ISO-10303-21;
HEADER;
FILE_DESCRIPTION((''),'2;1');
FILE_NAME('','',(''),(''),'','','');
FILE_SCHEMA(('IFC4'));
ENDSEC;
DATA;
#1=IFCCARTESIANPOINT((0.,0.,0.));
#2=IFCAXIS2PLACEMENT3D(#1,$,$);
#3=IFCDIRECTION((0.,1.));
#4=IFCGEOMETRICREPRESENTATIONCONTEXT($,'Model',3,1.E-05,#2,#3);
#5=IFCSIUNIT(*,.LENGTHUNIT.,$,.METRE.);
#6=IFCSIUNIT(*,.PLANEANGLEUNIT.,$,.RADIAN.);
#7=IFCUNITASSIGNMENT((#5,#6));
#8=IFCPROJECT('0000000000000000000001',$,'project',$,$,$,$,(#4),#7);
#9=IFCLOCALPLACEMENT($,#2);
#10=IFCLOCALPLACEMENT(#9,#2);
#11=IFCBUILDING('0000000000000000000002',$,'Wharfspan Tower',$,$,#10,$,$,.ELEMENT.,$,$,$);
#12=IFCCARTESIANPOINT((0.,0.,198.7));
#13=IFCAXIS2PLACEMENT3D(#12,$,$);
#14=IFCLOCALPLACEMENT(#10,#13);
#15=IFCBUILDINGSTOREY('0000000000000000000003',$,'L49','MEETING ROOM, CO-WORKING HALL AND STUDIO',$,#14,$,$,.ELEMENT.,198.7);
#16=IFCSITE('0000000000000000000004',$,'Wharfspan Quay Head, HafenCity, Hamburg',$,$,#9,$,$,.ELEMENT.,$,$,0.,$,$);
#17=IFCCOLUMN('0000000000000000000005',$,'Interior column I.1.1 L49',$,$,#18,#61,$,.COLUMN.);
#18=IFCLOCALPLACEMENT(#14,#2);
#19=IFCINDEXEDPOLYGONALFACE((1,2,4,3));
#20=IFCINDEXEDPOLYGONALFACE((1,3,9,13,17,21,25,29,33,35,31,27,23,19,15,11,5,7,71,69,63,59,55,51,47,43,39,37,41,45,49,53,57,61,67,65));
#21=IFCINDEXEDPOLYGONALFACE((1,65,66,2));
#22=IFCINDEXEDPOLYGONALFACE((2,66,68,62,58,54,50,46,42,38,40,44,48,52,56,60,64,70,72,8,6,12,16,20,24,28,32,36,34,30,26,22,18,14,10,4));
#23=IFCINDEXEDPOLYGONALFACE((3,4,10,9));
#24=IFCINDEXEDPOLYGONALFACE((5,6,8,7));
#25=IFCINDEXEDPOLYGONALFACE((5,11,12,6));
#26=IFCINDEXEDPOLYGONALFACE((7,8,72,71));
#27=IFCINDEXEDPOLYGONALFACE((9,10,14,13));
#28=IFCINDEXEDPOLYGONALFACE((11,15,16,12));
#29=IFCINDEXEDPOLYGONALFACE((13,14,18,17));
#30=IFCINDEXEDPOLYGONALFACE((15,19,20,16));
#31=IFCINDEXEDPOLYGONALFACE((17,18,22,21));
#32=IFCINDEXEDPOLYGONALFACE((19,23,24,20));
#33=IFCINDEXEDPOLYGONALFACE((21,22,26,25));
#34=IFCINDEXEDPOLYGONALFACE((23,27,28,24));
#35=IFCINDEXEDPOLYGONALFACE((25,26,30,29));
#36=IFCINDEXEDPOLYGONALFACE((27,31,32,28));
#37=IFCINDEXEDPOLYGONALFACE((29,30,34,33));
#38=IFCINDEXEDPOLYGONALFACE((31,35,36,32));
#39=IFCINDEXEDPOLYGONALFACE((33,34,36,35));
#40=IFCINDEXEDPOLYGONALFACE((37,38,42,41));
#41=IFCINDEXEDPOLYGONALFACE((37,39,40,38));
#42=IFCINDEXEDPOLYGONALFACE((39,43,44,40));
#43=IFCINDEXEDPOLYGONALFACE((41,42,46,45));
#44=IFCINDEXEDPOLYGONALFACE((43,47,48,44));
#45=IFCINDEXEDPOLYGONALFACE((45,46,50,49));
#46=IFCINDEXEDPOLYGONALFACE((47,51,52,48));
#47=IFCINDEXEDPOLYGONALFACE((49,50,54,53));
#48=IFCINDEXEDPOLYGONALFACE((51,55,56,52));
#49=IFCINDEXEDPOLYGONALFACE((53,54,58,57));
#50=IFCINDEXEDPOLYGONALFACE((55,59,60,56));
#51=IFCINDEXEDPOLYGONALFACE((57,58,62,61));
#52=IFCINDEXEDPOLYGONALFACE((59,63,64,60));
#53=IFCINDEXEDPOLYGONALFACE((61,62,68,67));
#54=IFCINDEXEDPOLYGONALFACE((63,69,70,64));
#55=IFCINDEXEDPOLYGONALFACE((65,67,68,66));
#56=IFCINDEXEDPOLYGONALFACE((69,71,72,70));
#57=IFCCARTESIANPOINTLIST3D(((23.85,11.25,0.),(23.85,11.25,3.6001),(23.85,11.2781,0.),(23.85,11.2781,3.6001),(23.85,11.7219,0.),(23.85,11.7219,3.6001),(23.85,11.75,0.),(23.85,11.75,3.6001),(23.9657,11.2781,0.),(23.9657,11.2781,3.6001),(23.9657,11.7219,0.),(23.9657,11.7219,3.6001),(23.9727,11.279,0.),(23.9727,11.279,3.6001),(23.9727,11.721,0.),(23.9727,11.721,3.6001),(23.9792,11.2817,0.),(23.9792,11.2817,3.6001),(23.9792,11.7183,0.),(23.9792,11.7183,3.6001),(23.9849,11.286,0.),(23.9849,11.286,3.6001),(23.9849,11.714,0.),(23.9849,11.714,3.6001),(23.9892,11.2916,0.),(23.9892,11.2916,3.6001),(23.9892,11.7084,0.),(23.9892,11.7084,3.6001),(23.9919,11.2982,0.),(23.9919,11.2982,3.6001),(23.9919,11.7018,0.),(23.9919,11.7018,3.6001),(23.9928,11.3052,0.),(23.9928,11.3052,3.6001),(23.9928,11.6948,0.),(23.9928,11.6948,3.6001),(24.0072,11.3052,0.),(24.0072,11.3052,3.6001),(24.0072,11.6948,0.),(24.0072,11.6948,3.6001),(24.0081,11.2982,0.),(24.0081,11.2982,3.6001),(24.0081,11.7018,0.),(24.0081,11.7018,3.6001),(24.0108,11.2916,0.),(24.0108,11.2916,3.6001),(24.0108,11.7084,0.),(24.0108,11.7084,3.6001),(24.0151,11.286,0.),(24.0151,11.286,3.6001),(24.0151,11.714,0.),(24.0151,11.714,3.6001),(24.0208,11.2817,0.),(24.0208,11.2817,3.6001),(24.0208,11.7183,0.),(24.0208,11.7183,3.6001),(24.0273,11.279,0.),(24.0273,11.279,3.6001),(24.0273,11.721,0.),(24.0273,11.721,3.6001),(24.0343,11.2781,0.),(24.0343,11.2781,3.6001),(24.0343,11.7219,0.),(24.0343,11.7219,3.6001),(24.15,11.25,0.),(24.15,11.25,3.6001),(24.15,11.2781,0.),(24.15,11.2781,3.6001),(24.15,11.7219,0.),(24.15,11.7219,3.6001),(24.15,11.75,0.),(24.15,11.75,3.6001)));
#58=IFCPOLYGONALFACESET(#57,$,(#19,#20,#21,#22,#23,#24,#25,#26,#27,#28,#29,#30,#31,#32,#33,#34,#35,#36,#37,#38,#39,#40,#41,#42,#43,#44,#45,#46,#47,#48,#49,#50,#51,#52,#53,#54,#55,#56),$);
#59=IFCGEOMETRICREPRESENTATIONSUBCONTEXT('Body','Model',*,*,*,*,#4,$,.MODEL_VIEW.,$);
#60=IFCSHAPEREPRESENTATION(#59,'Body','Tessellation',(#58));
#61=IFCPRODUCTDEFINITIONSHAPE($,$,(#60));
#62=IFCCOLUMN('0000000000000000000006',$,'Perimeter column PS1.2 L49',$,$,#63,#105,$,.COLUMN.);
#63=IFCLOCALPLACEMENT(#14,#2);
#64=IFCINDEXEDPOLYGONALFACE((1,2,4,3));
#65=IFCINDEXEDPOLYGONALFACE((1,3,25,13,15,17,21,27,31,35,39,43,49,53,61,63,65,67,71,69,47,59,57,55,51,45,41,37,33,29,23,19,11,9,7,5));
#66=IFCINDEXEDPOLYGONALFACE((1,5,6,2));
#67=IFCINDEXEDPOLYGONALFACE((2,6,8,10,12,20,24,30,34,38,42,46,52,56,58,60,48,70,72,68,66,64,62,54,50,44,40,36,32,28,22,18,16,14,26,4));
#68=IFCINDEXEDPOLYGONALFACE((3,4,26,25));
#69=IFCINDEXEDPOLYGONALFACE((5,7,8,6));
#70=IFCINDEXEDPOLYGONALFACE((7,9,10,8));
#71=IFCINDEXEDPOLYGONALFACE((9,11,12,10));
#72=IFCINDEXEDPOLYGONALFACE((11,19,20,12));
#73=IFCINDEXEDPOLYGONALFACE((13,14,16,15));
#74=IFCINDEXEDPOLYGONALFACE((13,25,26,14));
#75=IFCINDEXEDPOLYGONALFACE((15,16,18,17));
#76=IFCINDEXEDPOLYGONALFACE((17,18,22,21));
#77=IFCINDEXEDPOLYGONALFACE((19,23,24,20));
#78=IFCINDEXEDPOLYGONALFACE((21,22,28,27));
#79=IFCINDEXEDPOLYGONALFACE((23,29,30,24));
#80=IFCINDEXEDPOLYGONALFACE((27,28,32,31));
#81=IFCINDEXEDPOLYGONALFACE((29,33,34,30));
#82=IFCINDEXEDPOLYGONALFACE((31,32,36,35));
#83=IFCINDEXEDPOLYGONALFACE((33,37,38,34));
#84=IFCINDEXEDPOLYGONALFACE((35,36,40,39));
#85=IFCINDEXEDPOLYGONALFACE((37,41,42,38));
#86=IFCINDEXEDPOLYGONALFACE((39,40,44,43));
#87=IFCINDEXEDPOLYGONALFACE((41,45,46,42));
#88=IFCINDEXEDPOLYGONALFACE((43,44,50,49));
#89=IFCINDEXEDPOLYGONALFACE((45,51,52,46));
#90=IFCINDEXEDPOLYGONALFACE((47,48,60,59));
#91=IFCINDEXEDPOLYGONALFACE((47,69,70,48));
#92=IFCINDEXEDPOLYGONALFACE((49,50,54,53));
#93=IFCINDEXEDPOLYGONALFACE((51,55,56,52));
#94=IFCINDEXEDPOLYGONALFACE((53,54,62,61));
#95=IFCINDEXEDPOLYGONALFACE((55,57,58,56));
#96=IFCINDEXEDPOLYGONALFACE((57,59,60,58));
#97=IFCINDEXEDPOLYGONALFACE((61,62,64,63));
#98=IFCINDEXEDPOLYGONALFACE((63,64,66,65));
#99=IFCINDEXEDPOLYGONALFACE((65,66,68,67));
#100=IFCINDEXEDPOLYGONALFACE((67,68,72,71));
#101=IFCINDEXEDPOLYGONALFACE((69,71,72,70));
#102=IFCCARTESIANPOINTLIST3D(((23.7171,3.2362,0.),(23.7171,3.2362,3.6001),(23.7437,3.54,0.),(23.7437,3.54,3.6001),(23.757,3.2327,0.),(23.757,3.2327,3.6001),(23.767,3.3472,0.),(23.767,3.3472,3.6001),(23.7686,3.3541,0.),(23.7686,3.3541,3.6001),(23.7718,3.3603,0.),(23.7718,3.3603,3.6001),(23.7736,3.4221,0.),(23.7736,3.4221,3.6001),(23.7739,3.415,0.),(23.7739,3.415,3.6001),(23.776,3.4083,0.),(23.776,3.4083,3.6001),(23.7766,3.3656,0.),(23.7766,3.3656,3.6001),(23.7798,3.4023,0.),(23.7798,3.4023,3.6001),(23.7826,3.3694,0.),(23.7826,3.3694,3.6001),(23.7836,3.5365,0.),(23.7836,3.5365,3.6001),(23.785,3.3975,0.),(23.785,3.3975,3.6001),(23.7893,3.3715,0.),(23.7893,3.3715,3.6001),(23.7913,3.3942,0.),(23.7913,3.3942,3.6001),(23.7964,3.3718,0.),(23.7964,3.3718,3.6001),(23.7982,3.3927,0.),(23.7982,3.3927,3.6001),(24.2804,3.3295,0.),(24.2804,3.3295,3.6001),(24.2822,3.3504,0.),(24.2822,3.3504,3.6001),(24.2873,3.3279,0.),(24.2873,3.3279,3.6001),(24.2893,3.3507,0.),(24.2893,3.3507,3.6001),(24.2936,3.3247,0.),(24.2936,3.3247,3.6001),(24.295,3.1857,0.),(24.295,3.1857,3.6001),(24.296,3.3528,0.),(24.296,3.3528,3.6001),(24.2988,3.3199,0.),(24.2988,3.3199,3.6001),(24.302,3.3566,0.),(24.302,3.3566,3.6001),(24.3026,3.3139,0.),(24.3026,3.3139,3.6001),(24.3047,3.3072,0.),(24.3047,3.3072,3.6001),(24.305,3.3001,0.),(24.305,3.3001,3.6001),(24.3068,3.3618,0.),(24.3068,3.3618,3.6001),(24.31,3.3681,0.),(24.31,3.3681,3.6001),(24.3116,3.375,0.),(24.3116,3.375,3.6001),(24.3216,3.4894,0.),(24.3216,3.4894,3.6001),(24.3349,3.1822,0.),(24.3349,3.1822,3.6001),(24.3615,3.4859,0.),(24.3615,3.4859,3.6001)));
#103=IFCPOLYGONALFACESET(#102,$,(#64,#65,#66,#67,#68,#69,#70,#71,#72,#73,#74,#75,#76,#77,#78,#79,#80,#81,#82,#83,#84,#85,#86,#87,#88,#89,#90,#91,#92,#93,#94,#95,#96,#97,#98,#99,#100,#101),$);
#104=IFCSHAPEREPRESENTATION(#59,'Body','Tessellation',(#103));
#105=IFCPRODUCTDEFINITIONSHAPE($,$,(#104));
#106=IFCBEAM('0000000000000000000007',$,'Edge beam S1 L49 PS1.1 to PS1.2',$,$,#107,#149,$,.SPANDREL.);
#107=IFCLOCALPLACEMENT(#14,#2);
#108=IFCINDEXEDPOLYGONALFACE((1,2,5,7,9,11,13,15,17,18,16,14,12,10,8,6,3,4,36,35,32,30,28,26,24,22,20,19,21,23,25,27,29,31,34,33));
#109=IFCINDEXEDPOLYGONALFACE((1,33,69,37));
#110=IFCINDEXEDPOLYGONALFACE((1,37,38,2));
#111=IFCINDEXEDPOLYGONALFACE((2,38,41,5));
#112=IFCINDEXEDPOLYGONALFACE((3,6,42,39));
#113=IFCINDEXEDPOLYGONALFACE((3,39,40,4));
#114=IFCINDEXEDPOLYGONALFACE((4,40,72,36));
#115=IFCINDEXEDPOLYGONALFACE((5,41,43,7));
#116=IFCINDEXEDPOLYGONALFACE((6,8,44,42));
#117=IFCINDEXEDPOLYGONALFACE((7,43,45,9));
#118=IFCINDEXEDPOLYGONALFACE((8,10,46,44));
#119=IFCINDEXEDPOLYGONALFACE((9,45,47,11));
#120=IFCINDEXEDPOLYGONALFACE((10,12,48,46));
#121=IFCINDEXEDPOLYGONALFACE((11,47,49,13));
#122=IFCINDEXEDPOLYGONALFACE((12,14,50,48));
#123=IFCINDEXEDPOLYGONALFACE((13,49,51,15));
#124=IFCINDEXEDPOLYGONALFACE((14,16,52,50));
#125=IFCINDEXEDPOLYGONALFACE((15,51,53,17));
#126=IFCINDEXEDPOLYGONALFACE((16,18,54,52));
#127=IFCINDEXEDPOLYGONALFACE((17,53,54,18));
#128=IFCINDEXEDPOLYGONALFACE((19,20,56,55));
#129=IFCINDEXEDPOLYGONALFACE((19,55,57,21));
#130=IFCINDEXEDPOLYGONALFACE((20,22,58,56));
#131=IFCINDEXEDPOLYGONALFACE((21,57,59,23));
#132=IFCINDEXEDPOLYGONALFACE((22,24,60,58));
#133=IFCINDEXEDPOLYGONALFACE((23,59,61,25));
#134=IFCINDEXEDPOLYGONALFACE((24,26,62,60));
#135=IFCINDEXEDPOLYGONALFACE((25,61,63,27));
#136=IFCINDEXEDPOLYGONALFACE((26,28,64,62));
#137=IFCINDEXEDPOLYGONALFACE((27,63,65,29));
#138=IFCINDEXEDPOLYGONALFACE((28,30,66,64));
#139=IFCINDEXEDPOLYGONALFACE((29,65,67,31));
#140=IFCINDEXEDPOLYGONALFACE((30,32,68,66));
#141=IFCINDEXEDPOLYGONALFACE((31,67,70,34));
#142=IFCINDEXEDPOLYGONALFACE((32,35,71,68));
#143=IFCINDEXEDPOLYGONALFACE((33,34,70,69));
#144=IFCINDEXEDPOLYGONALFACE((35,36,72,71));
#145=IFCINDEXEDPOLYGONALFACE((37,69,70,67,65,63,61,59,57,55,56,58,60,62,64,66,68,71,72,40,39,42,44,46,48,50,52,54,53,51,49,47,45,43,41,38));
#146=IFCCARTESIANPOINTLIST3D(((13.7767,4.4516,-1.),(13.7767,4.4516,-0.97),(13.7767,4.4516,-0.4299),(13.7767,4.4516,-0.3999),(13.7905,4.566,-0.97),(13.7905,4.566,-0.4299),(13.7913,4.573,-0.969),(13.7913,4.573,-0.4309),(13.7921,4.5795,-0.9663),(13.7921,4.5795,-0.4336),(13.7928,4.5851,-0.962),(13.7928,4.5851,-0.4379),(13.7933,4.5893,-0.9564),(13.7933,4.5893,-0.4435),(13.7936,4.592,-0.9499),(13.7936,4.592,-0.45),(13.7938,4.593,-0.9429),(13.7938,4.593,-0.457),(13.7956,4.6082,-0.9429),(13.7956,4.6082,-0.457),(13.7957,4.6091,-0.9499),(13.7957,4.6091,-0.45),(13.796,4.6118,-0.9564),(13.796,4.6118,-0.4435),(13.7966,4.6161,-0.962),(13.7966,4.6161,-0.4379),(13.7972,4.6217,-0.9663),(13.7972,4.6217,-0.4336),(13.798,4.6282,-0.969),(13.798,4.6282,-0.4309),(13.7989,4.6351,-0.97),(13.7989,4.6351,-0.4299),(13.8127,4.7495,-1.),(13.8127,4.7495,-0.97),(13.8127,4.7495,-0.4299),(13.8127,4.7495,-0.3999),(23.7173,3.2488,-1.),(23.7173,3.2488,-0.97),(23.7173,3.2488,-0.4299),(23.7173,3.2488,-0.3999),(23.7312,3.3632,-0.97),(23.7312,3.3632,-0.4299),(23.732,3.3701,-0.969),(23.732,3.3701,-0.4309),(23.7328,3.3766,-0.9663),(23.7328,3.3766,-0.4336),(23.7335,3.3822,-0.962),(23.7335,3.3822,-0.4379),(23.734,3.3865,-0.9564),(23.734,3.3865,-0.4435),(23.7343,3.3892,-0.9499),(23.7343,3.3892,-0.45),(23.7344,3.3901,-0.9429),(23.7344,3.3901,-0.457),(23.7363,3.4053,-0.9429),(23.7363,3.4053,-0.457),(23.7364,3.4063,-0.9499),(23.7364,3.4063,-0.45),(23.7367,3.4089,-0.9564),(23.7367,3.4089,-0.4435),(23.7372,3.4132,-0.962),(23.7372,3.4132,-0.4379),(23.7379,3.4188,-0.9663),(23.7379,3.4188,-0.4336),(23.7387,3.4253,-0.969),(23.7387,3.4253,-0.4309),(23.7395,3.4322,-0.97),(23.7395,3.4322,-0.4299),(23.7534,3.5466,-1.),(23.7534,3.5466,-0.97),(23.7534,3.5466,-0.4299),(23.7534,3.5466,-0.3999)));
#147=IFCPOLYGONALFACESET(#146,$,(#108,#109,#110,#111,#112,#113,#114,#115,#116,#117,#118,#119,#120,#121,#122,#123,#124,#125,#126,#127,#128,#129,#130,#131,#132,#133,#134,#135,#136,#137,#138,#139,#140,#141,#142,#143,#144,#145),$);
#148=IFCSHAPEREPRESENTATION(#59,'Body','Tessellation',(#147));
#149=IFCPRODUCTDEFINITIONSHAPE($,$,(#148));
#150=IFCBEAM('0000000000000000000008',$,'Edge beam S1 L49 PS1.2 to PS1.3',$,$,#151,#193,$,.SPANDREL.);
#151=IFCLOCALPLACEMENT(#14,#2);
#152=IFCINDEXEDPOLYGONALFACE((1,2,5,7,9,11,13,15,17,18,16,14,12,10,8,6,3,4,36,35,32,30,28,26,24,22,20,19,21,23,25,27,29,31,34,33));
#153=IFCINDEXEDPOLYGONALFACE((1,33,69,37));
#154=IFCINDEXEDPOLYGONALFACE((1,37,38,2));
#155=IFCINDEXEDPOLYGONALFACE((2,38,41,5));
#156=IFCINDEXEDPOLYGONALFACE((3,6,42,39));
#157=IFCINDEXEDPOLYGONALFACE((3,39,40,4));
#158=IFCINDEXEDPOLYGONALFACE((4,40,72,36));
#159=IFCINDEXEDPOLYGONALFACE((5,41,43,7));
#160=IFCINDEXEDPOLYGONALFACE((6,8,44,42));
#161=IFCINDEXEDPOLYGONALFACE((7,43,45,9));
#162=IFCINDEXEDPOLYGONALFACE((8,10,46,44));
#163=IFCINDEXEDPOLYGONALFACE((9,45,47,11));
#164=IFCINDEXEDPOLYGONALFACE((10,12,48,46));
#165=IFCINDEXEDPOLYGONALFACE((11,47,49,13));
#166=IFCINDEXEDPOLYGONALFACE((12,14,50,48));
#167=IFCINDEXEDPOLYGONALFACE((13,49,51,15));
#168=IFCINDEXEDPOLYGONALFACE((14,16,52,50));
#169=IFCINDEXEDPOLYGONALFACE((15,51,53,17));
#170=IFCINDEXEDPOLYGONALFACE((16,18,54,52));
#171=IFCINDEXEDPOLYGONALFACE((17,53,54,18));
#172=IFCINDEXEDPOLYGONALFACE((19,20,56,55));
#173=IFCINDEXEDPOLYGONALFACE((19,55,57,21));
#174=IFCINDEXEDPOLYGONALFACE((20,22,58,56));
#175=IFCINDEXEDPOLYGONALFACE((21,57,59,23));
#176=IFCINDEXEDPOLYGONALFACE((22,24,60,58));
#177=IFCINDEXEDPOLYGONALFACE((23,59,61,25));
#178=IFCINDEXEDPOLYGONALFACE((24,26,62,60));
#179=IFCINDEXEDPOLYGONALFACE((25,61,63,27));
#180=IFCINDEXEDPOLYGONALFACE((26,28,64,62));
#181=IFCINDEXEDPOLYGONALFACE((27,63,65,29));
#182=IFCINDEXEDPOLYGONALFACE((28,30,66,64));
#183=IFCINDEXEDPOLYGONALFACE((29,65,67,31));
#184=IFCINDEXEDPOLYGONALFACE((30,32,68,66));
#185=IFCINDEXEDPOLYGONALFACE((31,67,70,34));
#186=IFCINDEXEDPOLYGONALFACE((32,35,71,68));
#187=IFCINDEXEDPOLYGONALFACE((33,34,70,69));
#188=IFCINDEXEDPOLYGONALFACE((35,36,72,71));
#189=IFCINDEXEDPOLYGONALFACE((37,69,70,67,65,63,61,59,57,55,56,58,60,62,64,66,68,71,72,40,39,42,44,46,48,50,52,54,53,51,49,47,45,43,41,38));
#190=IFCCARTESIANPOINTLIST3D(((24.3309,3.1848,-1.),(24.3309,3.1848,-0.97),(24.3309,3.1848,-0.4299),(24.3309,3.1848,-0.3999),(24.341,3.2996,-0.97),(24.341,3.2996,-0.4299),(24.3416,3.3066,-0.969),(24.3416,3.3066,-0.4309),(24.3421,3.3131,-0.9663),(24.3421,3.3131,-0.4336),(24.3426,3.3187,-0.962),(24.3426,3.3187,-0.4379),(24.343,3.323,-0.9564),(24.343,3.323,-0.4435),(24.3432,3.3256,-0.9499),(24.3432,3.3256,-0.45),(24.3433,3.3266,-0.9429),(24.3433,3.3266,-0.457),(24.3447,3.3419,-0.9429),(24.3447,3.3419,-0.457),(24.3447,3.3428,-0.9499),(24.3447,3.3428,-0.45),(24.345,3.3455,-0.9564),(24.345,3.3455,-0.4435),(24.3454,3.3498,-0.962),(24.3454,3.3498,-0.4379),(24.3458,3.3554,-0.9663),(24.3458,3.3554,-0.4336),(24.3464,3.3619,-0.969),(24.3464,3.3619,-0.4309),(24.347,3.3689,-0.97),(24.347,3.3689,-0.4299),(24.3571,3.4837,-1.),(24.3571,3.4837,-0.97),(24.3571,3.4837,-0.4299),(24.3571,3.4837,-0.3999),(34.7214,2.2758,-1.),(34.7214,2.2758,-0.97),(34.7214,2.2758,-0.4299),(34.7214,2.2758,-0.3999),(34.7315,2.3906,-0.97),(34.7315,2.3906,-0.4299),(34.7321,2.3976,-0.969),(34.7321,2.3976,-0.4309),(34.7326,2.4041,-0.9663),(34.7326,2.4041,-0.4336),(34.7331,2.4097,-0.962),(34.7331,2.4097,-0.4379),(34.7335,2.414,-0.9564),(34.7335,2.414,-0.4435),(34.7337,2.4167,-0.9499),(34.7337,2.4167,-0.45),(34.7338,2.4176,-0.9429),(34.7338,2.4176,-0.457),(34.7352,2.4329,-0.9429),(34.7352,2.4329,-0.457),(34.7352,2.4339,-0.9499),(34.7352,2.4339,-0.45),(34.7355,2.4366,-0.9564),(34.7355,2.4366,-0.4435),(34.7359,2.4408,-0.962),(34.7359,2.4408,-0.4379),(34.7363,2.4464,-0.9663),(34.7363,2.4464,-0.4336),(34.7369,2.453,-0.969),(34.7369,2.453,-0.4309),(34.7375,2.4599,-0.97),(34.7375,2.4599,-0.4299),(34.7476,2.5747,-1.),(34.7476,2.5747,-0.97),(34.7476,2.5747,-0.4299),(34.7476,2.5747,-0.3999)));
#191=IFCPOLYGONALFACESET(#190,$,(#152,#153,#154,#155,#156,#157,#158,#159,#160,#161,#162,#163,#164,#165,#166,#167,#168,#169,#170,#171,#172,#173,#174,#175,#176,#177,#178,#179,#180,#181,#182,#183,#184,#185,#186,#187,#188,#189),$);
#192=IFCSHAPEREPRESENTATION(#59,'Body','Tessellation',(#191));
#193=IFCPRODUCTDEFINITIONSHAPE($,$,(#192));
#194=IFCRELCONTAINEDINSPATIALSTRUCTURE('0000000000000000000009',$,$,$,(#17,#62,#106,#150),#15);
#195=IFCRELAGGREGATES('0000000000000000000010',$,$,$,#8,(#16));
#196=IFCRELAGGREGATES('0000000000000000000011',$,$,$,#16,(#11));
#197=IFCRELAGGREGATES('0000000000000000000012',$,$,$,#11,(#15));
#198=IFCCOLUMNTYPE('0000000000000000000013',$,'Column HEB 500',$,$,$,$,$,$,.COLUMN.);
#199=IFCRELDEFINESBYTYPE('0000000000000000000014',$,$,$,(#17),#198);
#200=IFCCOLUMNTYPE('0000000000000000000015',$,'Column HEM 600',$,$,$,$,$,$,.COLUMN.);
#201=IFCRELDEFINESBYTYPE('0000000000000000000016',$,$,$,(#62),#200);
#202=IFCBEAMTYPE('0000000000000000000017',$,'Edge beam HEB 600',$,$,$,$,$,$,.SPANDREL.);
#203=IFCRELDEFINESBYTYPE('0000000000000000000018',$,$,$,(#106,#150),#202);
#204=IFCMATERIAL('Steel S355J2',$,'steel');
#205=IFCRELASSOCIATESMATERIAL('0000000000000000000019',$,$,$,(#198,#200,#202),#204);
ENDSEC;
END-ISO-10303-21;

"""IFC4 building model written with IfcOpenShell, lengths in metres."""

from ifc_helpers import new_model, si_unit, direction, frame, origin, origin_2d, place, context, subcontext, project, spatial, i_section, extrude, material, material_profile, profile_set, type_object, element, save


model = new_model("IFC4")

# Units and contexts
model_context = context("Model", 3, precision=1e-05, world=origin(), true_north=direction((0.0, 1.0)))
body_context = subcontext(model_context, "Body", "Model", "MODEL_VIEW")
ifc_project = project(units=[si_unit("LENGTHUNIT", "METRE"), si_unit("PLANEANGLEUNIT", "RADIAN")], contexts=[model_context])

# Site, building, storey
site_placement = place(None, origin())
site = spatial("IfcSite", under=ifc_project, at=site_placement, Name="Wharfspan Quay Head, HafenCity, Hamburg", CompositionType="ELEMENT", RefElevation=0.0)
building_placement = place(site_placement, origin())
building = spatial("IfcBuilding", under=site, at=building_placement, Name="Wharfspan Tower", CompositionType="ELEMENT")
storey_placement = place(building_placement, frame((0.0, 0.0, 198.7)))
storey = spatial("IfcBuildingStorey", under=building, at=storey_placement, Name="L49", Description="MEETING ROOM, CO-WORKING HALL AND STUDIO", CompositionType="ELEMENT", Elevation=198.7)

# Columns
ifc_material_1 = material(Name="Steel S355J2", Category="steel")
ifc_material_profile_1 = material_profile(ifc_material_1, i_section(OverallWidth=0.3, OverallDepth=0.5, WebThickness=0.0144, FlangeThickness=0.0281, FilletRadius=0.0271, at=origin_2d()))
ifc_profile_set_1 = profile_set([ifc_material_profile_1], Name="Steel S355J2")
column_type_1 = type_object("IfcColumnType", Name="Column HEB 500", PredefinedType="COLUMN", material=ifc_profile_set_1)
column_1_placement = place(storey_placement, frame((24.0, 11.5, 0.0), z_axis=(0.0, 0.0, 1.0), x_axis=(1.0, 0.0, 0.0)))
element("IfcColumn", 1, at=column_1_placement, inside=storey, type_object=column_type_1, Name="Interior column I.1.1 L49", PredefinedType="COLUMN", context=body_context, shape_type="SweptSolid", body=[
    extrude(i_section(OverallWidth=0.3, OverallDepth=0.5, WebThickness=0.0144, FlangeThickness=0.0281, FilletRadius=0.0271, at=origin_2d()), origin(), (0.0, 0.0, 1.0), 3.6001),
])
ifc_material_profile_2 = material_profile(ifc_material_1, i_section(OverallWidth=0.3049, OverallDepth=0.6201, WebThickness=0.021, FlangeThickness=0.04, FilletRadius=0.0271, at=origin_2d()))
ifc_profile_set_2 = profile_set([ifc_material_profile_2], Name="Steel S355J2")
column_type_2 = type_object("IfcColumnType", Name="Column HEM 600", PredefinedType="COLUMN", material=ifc_profile_set_2)
column_2_placement = place(storey_placement, frame((24.0393, 3.3611, 0.0), z_axis=(0.0, 0.0, 1.0), x_axis=(-0.087156, -0.996198, 0.0)))
element("IfcColumn", 2, at=column_2_placement, inside=storey, type_object=column_type_2, Name="Perimeter column PS1.2 L49", PredefinedType="COLUMN", context=body_context, shape_type="SweptSolid", body=[
    extrude(i_section(OverallWidth=0.3049, OverallDepth=0.6201, WebThickness=0.021, FlangeThickness=0.04, FilletRadius=0.0271, at=origin_2d()), origin(), (0.0, 0.0, 1.0), 3.6001),
])

# Beams
ifc_material_profile_3 = material_profile(ifc_material_1, i_section(OverallWidth=0.3, OverallDepth=0.6001, WebThickness=0.0154, FlangeThickness=0.03, FilletRadius=0.0271, at=origin_2d()))
ifc_profile_set_3 = profile_set([ifc_material_profile_3], Name="Steel S355J2")
beam_type = type_object("IfcBeamType", Name="Edge beam HEB 600", PredefinedType="SPANDREL", material=ifc_profile_set_3)
beam_1_placement = place(storey_placement, frame((13.7947, 4.6006, -0.7), z_axis=(0.992758, -0.12013, 0.0), x_axis=(0.12013, 0.992758, 0.0)))
element("IfcBeam", 3, at=beam_1_placement, inside=storey, type_object=beam_type, Name="Edge beam S1 L49 PS1.1 to PS1.2", PredefinedType="SPANDREL", context=body_context, shape_type="SweptSolid", body=[
    extrude(i_section(OverallWidth=0.3, OverallDepth=0.6001, WebThickness=0.0154, FlangeThickness=0.03, FilletRadius=0.0271, at=origin_2d()), origin(), (0.0, 0.0, 1.0), 10.0132),
])
beam_2_placement = place(storey_placement, frame((24.344, 3.3342, -0.7), z_axis=(0.996196, -0.087146, 0.0), x_axis=(0.087146, 0.996196, 0.0)))
element("IfcBeam", 4, at=beam_2_placement, inside=storey, type_object=beam_type, Name="Edge beam S1 L49 PS1.2 to PS1.3", PredefinedType="SPANDREL", context=body_context, shape_type="SweptSolid", body=[
    extrude(i_section(OverallWidth=0.3, OverallDepth=0.6001, WebThickness=0.0154, FlangeThickness=0.03, FilletRadius=0.0271, at=origin_2d()), origin(), (0.0, 0.0, 1.0), 10.4302),
])

save(model, "model.ifc")
